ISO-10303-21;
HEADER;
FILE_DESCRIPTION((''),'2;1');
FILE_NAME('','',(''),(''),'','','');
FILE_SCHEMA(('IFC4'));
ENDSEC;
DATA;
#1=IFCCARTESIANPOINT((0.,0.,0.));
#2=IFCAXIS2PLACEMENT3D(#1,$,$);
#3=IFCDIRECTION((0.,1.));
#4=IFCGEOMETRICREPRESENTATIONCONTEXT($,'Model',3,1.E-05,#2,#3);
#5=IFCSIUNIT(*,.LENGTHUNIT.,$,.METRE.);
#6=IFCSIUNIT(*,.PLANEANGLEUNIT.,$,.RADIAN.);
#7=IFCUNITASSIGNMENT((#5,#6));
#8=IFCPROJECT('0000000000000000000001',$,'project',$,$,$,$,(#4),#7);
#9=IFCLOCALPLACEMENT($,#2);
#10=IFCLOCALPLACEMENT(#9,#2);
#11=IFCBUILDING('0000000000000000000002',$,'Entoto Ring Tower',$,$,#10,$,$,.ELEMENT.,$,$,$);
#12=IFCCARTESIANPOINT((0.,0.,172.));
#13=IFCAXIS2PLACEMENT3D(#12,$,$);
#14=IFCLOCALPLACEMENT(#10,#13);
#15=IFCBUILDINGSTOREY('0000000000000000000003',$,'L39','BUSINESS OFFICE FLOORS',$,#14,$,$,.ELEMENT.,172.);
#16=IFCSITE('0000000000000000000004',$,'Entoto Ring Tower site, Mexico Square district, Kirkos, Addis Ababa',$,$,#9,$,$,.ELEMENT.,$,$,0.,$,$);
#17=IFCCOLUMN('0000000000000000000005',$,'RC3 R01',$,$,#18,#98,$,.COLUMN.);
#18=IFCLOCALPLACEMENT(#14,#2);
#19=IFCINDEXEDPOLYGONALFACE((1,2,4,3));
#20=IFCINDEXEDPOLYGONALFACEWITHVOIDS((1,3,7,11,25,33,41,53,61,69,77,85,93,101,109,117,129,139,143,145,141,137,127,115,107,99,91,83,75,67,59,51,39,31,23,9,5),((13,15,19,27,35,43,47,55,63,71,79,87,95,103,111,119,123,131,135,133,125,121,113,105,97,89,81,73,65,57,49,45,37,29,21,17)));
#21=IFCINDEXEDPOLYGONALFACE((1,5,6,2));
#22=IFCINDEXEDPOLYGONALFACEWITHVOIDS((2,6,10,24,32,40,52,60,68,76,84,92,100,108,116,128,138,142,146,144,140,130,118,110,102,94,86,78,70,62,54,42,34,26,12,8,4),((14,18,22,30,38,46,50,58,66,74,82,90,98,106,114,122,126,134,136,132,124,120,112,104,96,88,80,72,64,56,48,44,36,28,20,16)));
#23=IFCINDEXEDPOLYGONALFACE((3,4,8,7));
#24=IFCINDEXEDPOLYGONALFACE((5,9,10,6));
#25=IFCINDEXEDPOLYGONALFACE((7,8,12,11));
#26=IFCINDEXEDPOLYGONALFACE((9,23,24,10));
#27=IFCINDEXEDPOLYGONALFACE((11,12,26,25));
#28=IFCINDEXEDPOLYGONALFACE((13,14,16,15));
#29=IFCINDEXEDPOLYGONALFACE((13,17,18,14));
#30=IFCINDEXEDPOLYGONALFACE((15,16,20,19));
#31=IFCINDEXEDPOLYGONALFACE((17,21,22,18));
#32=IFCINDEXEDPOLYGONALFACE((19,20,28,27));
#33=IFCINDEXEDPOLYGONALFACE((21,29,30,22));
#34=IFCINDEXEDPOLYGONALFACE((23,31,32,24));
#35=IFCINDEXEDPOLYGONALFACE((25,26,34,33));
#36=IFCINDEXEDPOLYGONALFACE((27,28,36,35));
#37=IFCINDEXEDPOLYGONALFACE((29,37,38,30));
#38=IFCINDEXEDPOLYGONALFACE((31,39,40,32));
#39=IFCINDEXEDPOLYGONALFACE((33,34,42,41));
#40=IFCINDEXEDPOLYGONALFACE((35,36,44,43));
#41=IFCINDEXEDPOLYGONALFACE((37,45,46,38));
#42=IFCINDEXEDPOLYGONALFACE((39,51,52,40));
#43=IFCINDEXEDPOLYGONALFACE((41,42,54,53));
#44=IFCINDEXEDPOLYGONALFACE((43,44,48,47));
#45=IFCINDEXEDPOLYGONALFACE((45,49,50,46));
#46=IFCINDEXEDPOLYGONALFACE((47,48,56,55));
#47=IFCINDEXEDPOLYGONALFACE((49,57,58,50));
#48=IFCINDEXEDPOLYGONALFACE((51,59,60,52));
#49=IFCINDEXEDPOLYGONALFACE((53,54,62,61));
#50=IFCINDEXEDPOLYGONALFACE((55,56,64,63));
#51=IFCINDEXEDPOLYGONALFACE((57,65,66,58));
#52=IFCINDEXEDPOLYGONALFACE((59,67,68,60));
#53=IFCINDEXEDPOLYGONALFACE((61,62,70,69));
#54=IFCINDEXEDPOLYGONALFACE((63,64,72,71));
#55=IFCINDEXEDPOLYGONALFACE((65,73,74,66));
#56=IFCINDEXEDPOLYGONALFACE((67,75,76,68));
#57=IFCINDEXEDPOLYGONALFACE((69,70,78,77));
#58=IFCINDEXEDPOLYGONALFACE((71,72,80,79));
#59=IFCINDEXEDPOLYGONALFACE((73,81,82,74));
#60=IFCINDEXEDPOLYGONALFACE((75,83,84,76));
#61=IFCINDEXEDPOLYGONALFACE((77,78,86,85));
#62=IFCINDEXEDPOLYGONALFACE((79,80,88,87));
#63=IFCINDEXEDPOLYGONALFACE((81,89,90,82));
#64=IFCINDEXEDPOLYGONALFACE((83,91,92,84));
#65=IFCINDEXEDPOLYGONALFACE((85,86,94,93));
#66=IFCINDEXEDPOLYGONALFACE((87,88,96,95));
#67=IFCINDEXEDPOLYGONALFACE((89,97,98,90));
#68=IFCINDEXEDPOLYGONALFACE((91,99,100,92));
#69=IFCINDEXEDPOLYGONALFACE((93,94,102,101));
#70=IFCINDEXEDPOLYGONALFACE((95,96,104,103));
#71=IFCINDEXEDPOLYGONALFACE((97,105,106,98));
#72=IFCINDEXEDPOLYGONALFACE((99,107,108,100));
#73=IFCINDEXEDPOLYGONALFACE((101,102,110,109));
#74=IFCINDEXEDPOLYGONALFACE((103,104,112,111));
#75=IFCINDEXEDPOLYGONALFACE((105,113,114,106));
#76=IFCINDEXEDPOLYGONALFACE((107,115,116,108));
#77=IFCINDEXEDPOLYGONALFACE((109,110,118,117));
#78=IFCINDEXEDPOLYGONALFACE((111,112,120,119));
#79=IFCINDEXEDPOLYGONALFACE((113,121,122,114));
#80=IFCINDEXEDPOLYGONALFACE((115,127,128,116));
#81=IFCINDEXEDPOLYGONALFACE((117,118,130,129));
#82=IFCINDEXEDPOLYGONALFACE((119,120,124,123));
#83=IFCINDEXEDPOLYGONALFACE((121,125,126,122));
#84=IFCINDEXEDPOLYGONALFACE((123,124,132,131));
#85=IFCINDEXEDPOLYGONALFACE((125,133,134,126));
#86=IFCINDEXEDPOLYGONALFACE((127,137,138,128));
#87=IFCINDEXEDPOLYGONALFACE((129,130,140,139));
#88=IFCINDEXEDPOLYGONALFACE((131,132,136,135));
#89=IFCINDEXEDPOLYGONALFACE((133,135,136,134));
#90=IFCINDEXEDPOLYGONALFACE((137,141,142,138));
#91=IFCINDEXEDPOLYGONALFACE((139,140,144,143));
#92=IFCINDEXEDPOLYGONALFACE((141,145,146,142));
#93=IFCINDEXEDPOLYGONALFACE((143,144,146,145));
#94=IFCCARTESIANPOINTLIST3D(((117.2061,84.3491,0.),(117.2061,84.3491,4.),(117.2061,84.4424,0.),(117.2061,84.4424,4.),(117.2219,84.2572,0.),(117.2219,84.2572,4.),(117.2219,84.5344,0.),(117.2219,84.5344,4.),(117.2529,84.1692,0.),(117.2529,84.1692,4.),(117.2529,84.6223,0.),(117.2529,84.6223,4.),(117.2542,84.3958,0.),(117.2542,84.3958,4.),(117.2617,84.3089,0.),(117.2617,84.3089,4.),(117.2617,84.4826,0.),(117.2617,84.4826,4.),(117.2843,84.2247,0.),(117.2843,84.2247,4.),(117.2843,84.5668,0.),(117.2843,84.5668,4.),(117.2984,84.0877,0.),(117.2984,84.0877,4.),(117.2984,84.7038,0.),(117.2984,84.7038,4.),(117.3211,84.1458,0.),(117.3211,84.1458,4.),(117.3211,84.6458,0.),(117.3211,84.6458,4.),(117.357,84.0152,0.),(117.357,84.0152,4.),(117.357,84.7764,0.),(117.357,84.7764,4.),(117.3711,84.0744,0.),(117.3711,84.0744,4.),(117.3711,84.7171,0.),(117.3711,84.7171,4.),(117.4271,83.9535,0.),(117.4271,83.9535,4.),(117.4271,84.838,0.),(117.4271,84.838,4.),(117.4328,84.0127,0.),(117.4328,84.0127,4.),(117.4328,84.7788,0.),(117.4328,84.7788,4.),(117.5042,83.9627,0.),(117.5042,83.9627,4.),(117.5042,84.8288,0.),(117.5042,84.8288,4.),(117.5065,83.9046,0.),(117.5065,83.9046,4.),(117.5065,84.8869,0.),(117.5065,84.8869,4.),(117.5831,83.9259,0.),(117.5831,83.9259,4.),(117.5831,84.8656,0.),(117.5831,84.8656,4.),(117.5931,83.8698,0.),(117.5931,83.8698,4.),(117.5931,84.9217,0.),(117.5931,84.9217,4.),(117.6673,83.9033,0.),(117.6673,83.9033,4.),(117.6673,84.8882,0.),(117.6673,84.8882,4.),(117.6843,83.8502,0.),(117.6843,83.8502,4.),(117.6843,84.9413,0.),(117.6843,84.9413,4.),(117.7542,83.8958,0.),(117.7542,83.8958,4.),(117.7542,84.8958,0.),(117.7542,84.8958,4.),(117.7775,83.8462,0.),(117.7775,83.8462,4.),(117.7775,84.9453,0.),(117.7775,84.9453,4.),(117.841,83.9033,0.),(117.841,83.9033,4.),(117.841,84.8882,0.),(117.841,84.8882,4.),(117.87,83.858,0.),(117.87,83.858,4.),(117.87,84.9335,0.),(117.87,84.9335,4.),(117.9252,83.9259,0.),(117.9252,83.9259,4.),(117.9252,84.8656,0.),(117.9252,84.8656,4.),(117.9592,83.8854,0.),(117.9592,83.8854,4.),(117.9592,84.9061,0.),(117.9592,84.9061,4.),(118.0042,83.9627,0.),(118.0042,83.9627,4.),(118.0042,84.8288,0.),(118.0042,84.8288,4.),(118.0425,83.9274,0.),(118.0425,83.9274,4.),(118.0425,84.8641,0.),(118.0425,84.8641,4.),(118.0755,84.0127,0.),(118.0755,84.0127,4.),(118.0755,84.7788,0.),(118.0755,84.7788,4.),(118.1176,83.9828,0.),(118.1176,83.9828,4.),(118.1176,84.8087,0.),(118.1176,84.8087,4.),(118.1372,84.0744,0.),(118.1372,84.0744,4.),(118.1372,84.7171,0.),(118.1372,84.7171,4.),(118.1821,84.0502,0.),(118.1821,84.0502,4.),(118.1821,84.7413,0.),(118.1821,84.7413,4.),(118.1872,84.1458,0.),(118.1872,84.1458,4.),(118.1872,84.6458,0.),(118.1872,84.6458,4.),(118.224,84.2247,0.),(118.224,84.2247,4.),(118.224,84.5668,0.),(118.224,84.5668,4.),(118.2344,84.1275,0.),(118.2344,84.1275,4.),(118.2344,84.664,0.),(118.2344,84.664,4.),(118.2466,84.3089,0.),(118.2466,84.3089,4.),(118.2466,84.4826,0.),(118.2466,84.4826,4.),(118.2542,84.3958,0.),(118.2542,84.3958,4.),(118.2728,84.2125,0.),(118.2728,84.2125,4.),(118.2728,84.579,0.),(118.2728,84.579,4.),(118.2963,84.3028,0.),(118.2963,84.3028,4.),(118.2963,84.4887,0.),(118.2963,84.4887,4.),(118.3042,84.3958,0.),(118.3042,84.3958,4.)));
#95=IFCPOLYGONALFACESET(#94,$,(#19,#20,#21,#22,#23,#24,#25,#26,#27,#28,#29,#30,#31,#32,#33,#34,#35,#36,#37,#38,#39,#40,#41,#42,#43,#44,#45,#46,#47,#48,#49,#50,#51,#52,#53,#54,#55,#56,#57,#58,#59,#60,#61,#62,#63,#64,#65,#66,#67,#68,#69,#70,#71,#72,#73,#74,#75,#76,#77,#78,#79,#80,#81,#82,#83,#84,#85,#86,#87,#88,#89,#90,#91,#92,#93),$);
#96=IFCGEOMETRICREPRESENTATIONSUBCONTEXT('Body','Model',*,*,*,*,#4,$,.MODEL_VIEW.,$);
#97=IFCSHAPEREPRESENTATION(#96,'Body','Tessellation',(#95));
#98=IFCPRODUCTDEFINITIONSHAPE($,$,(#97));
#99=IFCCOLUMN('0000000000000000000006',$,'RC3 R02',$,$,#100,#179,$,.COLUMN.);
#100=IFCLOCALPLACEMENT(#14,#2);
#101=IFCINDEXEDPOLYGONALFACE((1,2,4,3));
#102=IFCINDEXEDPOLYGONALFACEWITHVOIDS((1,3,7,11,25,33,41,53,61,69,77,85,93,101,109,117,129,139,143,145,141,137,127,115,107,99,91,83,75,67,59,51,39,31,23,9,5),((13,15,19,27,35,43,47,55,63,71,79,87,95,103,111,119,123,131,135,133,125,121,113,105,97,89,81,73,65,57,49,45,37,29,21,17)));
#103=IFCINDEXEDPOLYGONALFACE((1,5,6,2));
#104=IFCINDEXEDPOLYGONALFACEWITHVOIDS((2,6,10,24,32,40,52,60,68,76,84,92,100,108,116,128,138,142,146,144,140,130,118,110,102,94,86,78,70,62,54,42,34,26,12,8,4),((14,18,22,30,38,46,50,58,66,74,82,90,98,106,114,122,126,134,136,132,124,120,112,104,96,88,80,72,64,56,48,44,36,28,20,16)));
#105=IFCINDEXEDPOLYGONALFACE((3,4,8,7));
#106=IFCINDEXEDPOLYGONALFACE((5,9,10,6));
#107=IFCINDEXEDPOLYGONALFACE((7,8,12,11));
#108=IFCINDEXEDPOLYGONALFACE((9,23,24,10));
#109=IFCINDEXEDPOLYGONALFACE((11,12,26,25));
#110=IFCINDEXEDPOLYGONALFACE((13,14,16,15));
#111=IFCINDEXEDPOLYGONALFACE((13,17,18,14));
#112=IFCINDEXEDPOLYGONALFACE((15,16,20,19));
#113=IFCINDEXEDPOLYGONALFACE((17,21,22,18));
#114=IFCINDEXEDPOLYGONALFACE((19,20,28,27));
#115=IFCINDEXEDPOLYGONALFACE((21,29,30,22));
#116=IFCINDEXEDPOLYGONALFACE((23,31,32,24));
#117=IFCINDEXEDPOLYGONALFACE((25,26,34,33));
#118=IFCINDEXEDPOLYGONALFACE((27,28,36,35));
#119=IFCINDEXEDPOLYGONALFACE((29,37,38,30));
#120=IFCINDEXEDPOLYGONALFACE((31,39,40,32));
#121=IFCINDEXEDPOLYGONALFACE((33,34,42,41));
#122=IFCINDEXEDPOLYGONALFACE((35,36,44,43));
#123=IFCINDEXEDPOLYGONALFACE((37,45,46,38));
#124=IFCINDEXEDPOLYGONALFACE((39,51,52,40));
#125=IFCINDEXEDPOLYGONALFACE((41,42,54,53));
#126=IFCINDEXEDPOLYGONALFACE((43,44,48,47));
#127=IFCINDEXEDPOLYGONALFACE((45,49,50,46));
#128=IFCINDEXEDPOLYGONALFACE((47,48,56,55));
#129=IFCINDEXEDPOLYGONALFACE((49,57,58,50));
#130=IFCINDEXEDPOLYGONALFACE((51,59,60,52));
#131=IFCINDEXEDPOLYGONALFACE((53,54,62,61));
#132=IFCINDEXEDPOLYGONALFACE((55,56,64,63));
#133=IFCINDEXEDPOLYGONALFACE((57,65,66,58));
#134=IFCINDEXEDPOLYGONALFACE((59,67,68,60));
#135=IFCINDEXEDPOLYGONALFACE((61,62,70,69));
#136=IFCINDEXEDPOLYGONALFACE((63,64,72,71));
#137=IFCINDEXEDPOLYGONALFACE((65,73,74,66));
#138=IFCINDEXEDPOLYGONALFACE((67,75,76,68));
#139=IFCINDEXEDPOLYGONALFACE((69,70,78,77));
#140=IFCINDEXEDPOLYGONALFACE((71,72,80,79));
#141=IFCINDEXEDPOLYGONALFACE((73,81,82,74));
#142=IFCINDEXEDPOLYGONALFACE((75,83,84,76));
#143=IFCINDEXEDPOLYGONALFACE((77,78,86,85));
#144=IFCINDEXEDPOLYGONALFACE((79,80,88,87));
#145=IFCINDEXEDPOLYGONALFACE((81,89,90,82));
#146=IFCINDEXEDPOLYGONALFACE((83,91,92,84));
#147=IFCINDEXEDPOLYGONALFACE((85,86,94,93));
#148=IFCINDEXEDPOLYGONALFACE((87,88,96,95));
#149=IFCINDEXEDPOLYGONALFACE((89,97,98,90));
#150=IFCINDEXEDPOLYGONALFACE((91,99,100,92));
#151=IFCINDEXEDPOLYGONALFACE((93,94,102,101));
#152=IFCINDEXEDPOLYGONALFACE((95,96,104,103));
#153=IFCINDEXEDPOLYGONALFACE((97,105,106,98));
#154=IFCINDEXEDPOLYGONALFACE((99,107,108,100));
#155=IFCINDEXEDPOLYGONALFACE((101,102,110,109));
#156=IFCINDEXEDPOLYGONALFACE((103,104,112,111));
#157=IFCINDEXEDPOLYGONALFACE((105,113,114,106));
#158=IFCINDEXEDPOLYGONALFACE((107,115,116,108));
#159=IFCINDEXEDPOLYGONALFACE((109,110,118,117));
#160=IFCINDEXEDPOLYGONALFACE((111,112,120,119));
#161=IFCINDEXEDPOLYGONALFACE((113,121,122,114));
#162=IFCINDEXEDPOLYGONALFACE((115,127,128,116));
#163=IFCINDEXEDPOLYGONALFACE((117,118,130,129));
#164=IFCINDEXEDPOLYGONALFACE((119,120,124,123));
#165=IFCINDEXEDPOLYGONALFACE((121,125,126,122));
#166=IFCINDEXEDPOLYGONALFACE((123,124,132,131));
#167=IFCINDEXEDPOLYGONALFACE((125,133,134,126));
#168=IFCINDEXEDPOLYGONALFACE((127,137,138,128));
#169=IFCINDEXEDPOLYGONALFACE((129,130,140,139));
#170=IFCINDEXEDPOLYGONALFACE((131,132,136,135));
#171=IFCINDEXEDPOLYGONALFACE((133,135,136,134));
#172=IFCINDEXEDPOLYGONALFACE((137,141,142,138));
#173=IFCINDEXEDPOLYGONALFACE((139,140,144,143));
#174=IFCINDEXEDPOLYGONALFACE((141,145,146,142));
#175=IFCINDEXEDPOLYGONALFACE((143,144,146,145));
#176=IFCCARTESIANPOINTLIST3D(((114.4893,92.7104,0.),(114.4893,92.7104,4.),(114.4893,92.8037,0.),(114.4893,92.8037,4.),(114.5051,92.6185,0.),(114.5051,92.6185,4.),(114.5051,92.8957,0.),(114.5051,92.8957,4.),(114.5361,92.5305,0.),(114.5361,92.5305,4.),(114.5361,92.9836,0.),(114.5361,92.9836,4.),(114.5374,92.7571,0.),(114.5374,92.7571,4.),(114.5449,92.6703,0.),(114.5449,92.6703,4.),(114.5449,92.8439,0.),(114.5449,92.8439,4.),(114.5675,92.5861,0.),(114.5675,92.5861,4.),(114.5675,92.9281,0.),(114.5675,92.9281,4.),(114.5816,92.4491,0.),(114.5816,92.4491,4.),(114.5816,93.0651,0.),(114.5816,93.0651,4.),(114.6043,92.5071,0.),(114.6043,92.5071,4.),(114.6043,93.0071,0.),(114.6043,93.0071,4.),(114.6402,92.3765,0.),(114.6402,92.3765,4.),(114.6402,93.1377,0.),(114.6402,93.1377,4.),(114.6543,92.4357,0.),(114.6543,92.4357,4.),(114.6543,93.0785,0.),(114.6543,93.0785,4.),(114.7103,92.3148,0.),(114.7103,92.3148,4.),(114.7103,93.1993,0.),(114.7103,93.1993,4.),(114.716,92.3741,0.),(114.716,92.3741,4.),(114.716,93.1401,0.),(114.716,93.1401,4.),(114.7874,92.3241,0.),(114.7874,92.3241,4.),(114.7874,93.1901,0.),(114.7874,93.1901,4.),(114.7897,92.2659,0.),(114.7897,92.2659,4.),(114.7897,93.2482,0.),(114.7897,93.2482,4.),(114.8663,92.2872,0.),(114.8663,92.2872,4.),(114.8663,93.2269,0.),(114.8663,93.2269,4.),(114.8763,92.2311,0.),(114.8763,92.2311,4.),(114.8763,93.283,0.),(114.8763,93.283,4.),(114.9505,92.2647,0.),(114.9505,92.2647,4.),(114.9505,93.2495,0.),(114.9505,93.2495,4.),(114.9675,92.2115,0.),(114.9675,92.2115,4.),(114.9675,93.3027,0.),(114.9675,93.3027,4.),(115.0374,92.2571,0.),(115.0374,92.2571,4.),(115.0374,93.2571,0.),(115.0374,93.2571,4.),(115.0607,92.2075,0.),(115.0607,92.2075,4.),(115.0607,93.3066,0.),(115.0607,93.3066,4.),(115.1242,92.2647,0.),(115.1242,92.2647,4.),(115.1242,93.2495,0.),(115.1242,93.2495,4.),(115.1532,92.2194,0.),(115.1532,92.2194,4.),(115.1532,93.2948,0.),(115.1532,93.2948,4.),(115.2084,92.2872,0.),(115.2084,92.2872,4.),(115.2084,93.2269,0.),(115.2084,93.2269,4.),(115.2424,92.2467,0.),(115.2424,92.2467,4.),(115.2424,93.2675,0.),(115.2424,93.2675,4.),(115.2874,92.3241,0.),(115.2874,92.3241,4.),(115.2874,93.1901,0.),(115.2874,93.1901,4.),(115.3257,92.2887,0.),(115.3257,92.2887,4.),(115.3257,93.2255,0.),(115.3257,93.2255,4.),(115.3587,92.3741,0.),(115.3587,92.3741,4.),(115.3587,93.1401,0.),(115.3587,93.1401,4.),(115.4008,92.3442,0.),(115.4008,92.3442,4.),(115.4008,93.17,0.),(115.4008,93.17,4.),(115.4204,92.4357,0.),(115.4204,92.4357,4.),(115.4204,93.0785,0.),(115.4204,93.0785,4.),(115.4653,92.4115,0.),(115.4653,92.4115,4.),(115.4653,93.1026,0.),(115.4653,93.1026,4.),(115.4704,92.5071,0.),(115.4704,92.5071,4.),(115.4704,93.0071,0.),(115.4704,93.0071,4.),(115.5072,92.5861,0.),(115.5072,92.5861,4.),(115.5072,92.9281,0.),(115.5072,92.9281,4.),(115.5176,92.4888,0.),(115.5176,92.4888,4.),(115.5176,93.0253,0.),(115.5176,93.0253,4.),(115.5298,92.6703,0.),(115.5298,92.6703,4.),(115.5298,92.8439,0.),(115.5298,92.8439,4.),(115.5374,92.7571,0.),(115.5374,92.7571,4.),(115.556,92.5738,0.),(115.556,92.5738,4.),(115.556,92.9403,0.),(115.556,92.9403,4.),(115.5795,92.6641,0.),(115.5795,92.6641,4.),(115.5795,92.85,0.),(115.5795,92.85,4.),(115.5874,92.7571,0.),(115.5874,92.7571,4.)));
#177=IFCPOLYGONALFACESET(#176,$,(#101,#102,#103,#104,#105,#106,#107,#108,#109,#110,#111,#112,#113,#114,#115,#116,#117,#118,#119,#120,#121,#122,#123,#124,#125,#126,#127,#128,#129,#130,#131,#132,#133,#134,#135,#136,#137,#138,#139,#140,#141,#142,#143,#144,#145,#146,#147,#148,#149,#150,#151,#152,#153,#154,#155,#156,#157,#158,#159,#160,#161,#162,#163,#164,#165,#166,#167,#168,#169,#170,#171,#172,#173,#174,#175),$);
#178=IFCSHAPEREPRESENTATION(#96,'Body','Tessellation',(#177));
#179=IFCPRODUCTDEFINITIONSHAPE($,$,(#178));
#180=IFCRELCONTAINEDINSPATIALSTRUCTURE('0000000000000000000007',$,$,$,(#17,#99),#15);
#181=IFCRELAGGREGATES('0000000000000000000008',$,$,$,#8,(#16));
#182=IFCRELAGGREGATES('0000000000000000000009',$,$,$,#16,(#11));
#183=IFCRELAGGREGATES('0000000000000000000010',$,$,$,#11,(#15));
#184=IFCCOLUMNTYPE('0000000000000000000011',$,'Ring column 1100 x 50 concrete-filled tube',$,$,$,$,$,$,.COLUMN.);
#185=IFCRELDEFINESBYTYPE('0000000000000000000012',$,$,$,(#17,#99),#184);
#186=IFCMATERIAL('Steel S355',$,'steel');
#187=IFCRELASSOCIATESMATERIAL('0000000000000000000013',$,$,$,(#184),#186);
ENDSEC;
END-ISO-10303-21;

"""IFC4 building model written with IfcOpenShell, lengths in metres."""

from ifc_helpers import new_model, si_unit, direction, frame, origin, origin_2d, place, context, subcontext, project, spatial, circle, hollow_circle, extrude, material, material_profile, profile_set, type_object, element, save


model = new_model("IFC4")

# Units and contexts
model_context = context("Model", 3, precision=1e-05, world=origin(), true_north=direction((0.0, 1.0)))
body_context = subcontext(model_context, "Body", "Model", "MODEL_VIEW")
ifc_project = project(units=[si_unit("LENGTHUNIT", "METRE"), si_unit("PLANEANGLEUNIT", "RADIAN")], contexts=[model_context])

# Site, building, storey
site_placement = place(None, origin())
site = spatial("IfcSite", under=ifc_project, at=site_placement, Name="Entoto Ring Tower site, Mexico Square district, Kirkos, Addis Ababa", CompositionType="ELEMENT", RefElevation=0.0)
building_placement = place(site_placement, origin())
building = spatial("IfcBuilding", under=site, at=building_placement, Name="Entoto Ring Tower", CompositionType="ELEMENT")
storey_placement = place(building_placement, frame((0.0, 0.0, 172.0)))
storey = spatial("IfcBuildingStorey", under=building, at=storey_placement, Name="L39", Description="BUSINESS OFFICE FLOORS", CompositionType="ELEMENT", Elevation=172.0)

# Columns
ifc_material_1 = material(Name="Steel S355", Category="steel")
ifc_material_profile_1 = material_profile(ifc_material_1, hollow_circle(Radius=0.55, WallThickness=0.05, at=origin_2d()), Name="CHS 1100 x 50")
ifc_material_2 = material(Name="Concrete C60/75", Category="concrete")
ifc_material_profile_2 = material_profile(ifc_material_2, circle(Radius=0.5, at=origin_2d()), Name="Concrete C60/75 infill")
ifc_profile_set_1 = profile_set([ifc_material_profile_1, ifc_material_profile_2], Name="Steel S355")
column_type = type_object("IfcColumnType", Name="Ring column 1100 x 50 concrete-filled tube", PredefinedType="COLUMN", material=ifc_profile_set_1)
for number, where, z_axis, x_axis, name in (
    (1, (117.7542, 84.3958, 0.0), (0.0, 0.0, 1.0), (1.0, 0.0, 0.0), "RC3 R01"),
    (2, (115.0374, 92.7571, 0.0), (0.0, 0.0, 1.0), (1.0, 0.0, 0.0), "RC3 R02"),
):
    element("IfcColumn", number, at=place(storey_placement, frame(where, z_axis=z_axis, x_axis=x_axis)), inside=storey, type_object=column_type, Name=name, PredefinedType="COLUMN", context=body_context, shape_type="SweptSolid", body=[
        extrude(hollow_circle(Radius=0.55, WallThickness=0.05, at=origin_2d()), origin(), (0.0, 0.0, 1.0), 4.0),
    ])

save(model, "model.ifc")
